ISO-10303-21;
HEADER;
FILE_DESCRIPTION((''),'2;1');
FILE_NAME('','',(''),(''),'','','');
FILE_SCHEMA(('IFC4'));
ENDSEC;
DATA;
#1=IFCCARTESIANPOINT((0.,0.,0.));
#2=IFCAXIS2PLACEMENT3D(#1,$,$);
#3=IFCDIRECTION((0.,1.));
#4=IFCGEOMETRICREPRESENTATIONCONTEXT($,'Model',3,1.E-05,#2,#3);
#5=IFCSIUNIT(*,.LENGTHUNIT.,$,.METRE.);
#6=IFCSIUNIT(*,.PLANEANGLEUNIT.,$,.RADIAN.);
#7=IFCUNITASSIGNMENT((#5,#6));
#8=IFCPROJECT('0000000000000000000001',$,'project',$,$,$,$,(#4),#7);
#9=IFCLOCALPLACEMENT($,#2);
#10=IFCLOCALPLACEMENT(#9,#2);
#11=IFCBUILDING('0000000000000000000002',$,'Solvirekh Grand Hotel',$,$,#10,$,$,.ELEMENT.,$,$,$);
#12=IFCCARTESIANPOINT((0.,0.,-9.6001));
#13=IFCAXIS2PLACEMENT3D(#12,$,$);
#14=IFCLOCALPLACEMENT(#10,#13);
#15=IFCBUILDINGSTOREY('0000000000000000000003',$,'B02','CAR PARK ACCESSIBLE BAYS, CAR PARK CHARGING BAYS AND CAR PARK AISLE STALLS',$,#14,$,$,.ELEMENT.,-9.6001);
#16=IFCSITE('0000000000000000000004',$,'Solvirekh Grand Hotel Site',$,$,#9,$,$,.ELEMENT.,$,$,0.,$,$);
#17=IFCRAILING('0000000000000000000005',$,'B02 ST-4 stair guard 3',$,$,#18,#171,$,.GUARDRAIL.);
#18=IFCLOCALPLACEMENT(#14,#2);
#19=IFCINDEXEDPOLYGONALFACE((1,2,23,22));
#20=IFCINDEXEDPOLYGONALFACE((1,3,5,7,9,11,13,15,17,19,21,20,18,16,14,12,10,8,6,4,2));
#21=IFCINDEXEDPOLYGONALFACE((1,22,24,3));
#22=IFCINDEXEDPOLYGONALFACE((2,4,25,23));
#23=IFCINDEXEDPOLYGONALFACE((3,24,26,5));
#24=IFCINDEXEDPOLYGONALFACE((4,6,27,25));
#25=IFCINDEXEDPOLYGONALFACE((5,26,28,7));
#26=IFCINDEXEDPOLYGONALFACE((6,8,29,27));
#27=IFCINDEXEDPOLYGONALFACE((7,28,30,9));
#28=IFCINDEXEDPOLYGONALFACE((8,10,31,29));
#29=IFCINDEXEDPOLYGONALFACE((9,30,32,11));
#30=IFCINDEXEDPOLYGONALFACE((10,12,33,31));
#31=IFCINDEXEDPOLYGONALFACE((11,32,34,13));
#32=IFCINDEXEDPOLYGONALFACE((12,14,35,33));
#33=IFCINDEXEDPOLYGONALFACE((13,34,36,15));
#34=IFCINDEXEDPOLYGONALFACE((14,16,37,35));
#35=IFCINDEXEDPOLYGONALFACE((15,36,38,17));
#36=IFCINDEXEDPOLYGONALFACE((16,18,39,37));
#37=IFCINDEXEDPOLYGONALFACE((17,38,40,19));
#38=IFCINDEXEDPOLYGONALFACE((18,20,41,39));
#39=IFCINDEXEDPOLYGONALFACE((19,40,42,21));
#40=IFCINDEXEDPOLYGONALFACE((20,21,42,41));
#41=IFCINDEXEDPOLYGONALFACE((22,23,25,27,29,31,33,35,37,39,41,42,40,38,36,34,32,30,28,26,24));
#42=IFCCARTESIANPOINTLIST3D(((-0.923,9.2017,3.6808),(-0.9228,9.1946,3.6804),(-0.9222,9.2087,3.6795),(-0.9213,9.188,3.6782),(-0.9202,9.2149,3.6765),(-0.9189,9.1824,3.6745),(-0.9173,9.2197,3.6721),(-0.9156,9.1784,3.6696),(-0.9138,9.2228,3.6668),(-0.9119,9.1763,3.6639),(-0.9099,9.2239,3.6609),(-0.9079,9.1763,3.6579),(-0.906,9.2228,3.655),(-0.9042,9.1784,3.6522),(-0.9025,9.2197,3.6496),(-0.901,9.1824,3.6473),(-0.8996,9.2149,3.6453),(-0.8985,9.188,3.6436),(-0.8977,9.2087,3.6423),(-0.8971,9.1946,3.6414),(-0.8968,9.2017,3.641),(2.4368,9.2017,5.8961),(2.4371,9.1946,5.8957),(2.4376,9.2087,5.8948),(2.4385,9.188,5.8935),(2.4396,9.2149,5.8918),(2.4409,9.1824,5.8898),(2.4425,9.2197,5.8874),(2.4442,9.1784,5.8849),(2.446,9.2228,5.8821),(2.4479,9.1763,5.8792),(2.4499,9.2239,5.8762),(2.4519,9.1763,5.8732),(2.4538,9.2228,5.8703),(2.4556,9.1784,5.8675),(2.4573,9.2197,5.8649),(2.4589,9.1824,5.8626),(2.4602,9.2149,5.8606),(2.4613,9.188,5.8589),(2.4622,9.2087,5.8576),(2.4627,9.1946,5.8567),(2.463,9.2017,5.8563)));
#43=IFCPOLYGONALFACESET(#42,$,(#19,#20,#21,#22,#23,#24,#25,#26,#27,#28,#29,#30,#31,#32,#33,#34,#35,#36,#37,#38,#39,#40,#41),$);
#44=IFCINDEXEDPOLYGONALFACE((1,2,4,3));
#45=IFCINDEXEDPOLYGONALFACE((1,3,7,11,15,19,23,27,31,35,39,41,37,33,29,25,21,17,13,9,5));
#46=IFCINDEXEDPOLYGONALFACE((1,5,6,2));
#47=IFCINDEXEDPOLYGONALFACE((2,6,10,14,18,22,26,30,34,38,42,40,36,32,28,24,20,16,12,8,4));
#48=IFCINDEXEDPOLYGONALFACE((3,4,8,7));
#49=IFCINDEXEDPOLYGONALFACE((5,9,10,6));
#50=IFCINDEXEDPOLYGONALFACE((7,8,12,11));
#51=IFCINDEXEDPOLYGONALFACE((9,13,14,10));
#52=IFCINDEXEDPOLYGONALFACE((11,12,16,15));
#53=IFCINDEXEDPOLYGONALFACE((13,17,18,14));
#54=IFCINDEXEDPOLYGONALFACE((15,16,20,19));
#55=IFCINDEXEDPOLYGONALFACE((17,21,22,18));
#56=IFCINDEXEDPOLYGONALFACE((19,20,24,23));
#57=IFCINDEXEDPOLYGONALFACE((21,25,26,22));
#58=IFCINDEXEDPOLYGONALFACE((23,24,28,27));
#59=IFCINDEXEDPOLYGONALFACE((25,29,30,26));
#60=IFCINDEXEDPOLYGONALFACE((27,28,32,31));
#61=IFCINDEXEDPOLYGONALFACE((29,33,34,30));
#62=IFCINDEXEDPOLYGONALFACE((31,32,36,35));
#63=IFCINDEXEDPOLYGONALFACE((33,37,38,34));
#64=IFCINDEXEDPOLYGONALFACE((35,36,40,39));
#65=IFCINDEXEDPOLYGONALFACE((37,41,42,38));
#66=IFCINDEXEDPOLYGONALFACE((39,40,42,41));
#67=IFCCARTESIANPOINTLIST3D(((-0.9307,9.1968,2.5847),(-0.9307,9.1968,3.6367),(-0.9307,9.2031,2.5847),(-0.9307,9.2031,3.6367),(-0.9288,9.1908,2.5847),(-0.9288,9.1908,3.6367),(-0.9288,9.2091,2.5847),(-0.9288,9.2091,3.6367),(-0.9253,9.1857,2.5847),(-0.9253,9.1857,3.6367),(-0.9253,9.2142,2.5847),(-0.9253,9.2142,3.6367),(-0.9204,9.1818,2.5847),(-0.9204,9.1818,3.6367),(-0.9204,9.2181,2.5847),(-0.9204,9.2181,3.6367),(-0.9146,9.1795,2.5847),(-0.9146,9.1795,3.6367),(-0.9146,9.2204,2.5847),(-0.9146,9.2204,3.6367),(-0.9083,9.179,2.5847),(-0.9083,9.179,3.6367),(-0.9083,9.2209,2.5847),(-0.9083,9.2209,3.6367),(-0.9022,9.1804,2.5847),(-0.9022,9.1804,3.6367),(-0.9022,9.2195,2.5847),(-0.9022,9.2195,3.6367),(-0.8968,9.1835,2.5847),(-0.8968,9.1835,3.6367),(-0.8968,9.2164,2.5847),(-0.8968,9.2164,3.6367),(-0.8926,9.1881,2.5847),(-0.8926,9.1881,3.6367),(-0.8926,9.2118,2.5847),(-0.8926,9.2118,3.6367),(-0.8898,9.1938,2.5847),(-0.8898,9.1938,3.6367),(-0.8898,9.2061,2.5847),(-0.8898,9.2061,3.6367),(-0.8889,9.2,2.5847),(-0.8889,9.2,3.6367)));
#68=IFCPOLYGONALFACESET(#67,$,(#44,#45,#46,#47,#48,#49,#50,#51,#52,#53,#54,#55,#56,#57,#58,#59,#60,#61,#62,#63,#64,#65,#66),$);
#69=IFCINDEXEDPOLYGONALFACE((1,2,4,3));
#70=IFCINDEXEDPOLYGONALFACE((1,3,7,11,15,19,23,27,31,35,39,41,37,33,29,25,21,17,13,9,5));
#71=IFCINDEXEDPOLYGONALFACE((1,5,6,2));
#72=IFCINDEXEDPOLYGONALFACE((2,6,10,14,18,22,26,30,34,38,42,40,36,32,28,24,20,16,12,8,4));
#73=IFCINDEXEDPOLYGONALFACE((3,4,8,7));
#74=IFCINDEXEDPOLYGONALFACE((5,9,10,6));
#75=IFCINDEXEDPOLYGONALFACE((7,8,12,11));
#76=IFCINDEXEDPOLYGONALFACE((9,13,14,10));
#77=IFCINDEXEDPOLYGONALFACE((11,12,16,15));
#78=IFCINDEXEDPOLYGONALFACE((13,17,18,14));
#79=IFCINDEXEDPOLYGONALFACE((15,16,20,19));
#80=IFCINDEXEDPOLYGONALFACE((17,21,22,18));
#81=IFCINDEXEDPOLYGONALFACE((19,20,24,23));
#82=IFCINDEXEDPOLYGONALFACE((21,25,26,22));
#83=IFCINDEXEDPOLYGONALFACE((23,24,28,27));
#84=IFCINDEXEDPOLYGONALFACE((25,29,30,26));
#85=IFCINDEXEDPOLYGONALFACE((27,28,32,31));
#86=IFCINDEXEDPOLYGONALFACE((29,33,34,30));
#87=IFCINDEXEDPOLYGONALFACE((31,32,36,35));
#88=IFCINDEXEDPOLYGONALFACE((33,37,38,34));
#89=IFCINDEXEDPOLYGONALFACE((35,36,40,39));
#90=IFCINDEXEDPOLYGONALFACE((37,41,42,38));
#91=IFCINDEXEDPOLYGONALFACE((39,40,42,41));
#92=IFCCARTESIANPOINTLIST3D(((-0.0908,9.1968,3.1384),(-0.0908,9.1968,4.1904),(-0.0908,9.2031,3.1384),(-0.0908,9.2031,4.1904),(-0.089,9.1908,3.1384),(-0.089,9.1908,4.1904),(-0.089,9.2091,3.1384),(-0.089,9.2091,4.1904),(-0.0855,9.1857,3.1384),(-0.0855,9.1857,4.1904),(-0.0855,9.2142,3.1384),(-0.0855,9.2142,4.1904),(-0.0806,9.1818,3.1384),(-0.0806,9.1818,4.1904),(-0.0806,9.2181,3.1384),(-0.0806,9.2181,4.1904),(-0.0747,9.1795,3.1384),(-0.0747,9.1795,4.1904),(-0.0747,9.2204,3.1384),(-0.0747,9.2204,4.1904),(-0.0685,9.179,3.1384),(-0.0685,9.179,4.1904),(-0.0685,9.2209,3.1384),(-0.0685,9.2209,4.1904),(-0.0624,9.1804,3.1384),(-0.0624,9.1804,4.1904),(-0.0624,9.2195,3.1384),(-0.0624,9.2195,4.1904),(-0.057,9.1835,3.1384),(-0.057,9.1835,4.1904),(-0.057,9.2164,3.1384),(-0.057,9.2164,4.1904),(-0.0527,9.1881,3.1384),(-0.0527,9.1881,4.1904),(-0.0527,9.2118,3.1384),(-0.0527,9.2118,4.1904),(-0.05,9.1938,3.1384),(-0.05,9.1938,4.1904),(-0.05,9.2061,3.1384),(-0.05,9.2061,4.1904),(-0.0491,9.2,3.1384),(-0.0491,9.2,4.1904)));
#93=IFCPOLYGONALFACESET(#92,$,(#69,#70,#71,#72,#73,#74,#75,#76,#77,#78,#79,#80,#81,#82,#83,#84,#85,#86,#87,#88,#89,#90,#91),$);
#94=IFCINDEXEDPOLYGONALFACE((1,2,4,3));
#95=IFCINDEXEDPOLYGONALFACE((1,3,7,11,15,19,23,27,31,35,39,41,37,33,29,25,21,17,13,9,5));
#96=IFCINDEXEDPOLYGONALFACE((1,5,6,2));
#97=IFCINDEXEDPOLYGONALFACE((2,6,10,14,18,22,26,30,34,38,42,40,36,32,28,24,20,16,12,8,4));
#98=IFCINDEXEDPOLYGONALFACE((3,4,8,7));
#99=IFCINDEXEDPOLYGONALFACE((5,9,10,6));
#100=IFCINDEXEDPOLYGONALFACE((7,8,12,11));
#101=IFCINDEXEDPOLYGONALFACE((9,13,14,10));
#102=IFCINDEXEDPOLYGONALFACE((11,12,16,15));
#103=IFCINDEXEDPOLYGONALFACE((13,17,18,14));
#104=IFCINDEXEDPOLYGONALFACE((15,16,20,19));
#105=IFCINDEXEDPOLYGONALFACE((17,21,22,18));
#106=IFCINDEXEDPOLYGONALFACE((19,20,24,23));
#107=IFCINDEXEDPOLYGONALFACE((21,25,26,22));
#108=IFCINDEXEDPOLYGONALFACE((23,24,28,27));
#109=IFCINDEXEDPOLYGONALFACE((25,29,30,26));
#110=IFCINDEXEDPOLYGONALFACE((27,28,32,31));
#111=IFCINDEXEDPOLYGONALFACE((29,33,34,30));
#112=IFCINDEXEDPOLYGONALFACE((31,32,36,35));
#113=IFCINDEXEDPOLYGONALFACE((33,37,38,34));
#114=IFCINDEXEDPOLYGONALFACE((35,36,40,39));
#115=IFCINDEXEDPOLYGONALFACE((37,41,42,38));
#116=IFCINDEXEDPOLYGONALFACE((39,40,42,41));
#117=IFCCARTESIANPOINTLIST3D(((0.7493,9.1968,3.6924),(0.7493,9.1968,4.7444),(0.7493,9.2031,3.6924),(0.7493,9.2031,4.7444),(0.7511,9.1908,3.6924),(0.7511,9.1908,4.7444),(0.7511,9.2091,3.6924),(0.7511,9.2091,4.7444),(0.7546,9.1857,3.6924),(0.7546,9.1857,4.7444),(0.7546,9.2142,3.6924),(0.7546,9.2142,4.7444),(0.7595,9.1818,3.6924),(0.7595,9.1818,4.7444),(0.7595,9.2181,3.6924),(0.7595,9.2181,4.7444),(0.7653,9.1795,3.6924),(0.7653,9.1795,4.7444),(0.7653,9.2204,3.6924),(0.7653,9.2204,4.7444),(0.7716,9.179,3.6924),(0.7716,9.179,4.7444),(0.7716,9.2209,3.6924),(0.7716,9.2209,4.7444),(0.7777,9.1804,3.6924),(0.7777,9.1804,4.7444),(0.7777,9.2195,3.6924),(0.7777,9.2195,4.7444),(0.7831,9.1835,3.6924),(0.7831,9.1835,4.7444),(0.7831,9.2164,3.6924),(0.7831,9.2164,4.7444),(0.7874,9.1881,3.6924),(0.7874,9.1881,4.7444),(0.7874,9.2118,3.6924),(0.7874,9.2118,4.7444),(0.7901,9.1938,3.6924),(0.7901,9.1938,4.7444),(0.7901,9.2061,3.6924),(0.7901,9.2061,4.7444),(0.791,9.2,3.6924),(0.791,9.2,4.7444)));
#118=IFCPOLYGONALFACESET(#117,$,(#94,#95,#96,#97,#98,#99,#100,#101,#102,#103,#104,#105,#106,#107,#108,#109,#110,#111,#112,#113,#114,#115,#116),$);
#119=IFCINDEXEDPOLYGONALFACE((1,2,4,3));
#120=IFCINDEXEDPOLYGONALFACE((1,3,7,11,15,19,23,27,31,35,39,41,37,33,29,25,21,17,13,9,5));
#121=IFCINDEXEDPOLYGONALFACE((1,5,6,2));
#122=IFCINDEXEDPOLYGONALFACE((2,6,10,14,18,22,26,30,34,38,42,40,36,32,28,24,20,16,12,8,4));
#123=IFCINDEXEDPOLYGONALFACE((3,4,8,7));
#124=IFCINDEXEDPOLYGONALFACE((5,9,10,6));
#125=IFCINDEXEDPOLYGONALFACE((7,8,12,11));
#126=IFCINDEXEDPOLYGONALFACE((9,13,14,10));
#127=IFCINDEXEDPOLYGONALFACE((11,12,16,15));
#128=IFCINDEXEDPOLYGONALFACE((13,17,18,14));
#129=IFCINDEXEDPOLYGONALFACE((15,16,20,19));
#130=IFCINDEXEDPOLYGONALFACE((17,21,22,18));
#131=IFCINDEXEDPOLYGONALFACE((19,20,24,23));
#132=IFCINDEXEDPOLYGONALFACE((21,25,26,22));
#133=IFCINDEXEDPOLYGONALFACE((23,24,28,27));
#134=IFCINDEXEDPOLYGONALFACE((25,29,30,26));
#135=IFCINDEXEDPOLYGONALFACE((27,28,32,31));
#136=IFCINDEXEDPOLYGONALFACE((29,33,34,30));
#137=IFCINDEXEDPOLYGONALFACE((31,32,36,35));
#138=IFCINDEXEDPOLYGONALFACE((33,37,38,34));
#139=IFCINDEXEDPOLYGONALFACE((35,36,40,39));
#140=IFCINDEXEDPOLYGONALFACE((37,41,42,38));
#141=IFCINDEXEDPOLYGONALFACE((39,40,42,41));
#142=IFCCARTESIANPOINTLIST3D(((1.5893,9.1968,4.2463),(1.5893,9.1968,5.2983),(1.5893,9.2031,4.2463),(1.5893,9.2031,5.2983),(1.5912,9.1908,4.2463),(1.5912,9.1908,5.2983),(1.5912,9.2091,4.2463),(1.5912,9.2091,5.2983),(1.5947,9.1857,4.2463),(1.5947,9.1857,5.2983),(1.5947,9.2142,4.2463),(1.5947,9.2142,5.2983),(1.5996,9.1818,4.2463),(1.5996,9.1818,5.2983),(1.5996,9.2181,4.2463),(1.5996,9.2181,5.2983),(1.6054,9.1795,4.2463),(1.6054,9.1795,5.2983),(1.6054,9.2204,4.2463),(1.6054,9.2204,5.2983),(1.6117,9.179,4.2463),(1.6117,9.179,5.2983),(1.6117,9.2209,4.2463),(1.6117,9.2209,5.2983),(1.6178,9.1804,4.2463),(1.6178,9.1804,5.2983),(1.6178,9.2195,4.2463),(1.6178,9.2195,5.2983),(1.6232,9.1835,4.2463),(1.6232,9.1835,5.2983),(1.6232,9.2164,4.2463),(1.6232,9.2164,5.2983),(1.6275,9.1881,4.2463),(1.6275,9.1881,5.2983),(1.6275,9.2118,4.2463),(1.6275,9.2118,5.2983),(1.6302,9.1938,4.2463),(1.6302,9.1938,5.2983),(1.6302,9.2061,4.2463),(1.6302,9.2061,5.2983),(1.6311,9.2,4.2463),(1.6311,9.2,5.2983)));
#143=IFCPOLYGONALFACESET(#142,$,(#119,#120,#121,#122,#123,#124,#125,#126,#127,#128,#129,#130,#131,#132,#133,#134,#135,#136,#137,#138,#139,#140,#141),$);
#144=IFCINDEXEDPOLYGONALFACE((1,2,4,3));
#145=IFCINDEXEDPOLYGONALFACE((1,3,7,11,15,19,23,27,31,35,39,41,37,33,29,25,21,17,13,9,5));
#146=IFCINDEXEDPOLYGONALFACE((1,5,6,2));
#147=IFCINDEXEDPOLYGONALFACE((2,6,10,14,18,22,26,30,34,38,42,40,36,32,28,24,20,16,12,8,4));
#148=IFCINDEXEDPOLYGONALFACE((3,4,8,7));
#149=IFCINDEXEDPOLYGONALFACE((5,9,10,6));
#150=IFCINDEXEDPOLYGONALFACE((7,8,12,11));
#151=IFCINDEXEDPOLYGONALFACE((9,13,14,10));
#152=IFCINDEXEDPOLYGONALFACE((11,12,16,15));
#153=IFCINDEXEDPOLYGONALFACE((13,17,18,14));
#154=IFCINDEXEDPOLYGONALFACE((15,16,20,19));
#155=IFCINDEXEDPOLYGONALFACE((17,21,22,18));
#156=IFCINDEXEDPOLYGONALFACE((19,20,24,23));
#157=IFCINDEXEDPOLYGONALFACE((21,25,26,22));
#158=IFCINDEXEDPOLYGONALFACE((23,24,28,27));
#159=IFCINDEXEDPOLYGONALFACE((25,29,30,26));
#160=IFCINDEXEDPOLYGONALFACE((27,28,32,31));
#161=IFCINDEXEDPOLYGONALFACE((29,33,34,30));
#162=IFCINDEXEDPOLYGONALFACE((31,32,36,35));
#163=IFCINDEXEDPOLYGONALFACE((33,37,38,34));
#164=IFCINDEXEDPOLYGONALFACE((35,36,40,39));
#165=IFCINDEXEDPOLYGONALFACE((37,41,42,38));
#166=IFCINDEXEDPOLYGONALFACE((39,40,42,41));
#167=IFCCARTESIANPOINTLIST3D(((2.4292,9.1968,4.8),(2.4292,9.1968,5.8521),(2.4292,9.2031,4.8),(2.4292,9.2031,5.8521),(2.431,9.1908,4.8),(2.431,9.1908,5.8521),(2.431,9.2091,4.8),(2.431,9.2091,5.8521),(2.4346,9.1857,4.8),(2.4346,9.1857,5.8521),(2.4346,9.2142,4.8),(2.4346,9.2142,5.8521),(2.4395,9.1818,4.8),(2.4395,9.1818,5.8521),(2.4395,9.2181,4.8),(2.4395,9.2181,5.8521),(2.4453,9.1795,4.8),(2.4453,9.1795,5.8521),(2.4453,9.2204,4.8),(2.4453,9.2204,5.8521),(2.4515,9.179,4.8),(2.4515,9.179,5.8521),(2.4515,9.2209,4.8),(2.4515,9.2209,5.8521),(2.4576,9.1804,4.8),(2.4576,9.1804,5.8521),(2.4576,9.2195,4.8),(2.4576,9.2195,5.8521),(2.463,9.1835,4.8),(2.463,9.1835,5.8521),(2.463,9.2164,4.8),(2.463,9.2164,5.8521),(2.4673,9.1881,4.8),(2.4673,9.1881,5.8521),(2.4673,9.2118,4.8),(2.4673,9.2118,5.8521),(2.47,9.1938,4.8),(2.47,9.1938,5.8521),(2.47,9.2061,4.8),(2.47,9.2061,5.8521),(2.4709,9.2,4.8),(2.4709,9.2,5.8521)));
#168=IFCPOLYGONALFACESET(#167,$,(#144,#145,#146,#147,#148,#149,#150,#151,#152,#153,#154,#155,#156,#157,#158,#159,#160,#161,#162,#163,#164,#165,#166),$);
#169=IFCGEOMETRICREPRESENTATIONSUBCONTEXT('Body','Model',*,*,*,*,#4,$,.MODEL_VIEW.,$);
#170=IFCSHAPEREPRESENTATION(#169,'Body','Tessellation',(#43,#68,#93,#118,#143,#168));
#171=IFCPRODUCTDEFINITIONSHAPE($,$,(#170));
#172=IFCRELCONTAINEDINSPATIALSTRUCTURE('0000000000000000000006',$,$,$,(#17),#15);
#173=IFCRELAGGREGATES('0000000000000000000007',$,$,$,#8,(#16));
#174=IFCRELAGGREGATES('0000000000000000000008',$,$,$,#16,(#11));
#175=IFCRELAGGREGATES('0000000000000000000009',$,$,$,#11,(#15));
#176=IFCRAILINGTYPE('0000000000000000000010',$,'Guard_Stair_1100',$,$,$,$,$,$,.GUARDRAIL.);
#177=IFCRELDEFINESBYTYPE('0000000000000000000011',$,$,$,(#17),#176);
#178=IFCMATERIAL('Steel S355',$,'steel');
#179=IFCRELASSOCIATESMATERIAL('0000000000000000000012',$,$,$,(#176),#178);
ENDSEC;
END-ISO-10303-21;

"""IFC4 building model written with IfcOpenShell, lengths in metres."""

from ifc_helpers import new_model, si_unit, direction, frame, origin, origin_2d, place, context, subcontext, project, spatial, circle, extrude, material, type_object, element, save


model = new_model("IFC4")

# Units and contexts
model_context = context("Model", 3, precision=1e-05, world=origin(), true_north=direction((0.0, 1.0)))
body_context = subcontext(model_context, "Body", "Model", "MODEL_VIEW")
ifc_project = project(units=[si_unit("LENGTHUNIT", "METRE"), si_unit("PLANEANGLEUNIT", "RADIAN")], contexts=[model_context])

# Site, building, storey
site_placement = place(None, origin())
site = spatial("IfcSite", under=ifc_project, at=site_placement, Name="Solvirekh Grand Hotel Site", CompositionType="ELEMENT", RefElevation=0.0)
building_placement = place(site_placement, origin())
building = spatial("IfcBuilding", under=site, at=building_placement, Name="Solvirekh Grand Hotel", CompositionType="ELEMENT")
storey_placement = place(building_placement, frame((0.0, 0.0, -9.6001)))
storey = spatial("IfcBuildingStorey", under=building, at=storey_placement, Name="B02", Description="CAR PARK ACCESSIBLE BAYS, CAR PARK CHARGING BAYS AND CAR PARK AISLE STALLS", CompositionType="ELEMENT", Elevation=-9.6001)

# Shared definitions
ifc_material_1 = material(Name="Steel S355", Category="steel")

# Railing
railing_type_1 = type_object("IfcRailingType", Name="Guard_Stair_1100", PredefinedType="GUARDRAIL", material=ifc_material_1)
railing_1_placement = place(storey_placement, frame((-0.9099, 9.2, 2.5847)))
element("IfcRailing", 1, at=railing_1_placement, inside=storey, type_object=railing_type_1, Name="B02 ST-4 stair guard 3", PredefinedType="GUARDRAIL", context=body_context, shape_type="SweptSolid", body=[
    extrude(circle(Radius=0.0239, at=origin_2d()), frame((0.0, 0.0, 1.0762), z_axis=(0.834858, 0.0, 0.550465), x_axis=(0.0, 1.0, 0.0)), (0.0, 0.0, 1.0), 4.0244),
    extrude(circle(Radius=0.021, at=origin_2d()), origin(), (0.0, 0.0, 1.0), 1.052),
    extrude(circle(Radius=0.021, at=origin_2d()), frame((0.8398, 0.0, 0.5537)), (0.0, 0.0, 1.0), 1.052),
    extrude(circle(Radius=0.021, at=origin_2d()), frame((1.6799, 0.0, 1.1077)), (0.0, 0.0, 1.0), 1.052),
    extrude(circle(Radius=0.021, at=origin_2d()), frame((2.52, 0.0, 1.6616)), (0.0, 0.0, 1.0), 1.052),
    extrude(circle(Radius=0.021, at=origin_2d()), frame((3.3599, 0.0, 2.2153)), (0.0, 0.0, 1.0), 1.052),
])

save(model, "model.ifc")
